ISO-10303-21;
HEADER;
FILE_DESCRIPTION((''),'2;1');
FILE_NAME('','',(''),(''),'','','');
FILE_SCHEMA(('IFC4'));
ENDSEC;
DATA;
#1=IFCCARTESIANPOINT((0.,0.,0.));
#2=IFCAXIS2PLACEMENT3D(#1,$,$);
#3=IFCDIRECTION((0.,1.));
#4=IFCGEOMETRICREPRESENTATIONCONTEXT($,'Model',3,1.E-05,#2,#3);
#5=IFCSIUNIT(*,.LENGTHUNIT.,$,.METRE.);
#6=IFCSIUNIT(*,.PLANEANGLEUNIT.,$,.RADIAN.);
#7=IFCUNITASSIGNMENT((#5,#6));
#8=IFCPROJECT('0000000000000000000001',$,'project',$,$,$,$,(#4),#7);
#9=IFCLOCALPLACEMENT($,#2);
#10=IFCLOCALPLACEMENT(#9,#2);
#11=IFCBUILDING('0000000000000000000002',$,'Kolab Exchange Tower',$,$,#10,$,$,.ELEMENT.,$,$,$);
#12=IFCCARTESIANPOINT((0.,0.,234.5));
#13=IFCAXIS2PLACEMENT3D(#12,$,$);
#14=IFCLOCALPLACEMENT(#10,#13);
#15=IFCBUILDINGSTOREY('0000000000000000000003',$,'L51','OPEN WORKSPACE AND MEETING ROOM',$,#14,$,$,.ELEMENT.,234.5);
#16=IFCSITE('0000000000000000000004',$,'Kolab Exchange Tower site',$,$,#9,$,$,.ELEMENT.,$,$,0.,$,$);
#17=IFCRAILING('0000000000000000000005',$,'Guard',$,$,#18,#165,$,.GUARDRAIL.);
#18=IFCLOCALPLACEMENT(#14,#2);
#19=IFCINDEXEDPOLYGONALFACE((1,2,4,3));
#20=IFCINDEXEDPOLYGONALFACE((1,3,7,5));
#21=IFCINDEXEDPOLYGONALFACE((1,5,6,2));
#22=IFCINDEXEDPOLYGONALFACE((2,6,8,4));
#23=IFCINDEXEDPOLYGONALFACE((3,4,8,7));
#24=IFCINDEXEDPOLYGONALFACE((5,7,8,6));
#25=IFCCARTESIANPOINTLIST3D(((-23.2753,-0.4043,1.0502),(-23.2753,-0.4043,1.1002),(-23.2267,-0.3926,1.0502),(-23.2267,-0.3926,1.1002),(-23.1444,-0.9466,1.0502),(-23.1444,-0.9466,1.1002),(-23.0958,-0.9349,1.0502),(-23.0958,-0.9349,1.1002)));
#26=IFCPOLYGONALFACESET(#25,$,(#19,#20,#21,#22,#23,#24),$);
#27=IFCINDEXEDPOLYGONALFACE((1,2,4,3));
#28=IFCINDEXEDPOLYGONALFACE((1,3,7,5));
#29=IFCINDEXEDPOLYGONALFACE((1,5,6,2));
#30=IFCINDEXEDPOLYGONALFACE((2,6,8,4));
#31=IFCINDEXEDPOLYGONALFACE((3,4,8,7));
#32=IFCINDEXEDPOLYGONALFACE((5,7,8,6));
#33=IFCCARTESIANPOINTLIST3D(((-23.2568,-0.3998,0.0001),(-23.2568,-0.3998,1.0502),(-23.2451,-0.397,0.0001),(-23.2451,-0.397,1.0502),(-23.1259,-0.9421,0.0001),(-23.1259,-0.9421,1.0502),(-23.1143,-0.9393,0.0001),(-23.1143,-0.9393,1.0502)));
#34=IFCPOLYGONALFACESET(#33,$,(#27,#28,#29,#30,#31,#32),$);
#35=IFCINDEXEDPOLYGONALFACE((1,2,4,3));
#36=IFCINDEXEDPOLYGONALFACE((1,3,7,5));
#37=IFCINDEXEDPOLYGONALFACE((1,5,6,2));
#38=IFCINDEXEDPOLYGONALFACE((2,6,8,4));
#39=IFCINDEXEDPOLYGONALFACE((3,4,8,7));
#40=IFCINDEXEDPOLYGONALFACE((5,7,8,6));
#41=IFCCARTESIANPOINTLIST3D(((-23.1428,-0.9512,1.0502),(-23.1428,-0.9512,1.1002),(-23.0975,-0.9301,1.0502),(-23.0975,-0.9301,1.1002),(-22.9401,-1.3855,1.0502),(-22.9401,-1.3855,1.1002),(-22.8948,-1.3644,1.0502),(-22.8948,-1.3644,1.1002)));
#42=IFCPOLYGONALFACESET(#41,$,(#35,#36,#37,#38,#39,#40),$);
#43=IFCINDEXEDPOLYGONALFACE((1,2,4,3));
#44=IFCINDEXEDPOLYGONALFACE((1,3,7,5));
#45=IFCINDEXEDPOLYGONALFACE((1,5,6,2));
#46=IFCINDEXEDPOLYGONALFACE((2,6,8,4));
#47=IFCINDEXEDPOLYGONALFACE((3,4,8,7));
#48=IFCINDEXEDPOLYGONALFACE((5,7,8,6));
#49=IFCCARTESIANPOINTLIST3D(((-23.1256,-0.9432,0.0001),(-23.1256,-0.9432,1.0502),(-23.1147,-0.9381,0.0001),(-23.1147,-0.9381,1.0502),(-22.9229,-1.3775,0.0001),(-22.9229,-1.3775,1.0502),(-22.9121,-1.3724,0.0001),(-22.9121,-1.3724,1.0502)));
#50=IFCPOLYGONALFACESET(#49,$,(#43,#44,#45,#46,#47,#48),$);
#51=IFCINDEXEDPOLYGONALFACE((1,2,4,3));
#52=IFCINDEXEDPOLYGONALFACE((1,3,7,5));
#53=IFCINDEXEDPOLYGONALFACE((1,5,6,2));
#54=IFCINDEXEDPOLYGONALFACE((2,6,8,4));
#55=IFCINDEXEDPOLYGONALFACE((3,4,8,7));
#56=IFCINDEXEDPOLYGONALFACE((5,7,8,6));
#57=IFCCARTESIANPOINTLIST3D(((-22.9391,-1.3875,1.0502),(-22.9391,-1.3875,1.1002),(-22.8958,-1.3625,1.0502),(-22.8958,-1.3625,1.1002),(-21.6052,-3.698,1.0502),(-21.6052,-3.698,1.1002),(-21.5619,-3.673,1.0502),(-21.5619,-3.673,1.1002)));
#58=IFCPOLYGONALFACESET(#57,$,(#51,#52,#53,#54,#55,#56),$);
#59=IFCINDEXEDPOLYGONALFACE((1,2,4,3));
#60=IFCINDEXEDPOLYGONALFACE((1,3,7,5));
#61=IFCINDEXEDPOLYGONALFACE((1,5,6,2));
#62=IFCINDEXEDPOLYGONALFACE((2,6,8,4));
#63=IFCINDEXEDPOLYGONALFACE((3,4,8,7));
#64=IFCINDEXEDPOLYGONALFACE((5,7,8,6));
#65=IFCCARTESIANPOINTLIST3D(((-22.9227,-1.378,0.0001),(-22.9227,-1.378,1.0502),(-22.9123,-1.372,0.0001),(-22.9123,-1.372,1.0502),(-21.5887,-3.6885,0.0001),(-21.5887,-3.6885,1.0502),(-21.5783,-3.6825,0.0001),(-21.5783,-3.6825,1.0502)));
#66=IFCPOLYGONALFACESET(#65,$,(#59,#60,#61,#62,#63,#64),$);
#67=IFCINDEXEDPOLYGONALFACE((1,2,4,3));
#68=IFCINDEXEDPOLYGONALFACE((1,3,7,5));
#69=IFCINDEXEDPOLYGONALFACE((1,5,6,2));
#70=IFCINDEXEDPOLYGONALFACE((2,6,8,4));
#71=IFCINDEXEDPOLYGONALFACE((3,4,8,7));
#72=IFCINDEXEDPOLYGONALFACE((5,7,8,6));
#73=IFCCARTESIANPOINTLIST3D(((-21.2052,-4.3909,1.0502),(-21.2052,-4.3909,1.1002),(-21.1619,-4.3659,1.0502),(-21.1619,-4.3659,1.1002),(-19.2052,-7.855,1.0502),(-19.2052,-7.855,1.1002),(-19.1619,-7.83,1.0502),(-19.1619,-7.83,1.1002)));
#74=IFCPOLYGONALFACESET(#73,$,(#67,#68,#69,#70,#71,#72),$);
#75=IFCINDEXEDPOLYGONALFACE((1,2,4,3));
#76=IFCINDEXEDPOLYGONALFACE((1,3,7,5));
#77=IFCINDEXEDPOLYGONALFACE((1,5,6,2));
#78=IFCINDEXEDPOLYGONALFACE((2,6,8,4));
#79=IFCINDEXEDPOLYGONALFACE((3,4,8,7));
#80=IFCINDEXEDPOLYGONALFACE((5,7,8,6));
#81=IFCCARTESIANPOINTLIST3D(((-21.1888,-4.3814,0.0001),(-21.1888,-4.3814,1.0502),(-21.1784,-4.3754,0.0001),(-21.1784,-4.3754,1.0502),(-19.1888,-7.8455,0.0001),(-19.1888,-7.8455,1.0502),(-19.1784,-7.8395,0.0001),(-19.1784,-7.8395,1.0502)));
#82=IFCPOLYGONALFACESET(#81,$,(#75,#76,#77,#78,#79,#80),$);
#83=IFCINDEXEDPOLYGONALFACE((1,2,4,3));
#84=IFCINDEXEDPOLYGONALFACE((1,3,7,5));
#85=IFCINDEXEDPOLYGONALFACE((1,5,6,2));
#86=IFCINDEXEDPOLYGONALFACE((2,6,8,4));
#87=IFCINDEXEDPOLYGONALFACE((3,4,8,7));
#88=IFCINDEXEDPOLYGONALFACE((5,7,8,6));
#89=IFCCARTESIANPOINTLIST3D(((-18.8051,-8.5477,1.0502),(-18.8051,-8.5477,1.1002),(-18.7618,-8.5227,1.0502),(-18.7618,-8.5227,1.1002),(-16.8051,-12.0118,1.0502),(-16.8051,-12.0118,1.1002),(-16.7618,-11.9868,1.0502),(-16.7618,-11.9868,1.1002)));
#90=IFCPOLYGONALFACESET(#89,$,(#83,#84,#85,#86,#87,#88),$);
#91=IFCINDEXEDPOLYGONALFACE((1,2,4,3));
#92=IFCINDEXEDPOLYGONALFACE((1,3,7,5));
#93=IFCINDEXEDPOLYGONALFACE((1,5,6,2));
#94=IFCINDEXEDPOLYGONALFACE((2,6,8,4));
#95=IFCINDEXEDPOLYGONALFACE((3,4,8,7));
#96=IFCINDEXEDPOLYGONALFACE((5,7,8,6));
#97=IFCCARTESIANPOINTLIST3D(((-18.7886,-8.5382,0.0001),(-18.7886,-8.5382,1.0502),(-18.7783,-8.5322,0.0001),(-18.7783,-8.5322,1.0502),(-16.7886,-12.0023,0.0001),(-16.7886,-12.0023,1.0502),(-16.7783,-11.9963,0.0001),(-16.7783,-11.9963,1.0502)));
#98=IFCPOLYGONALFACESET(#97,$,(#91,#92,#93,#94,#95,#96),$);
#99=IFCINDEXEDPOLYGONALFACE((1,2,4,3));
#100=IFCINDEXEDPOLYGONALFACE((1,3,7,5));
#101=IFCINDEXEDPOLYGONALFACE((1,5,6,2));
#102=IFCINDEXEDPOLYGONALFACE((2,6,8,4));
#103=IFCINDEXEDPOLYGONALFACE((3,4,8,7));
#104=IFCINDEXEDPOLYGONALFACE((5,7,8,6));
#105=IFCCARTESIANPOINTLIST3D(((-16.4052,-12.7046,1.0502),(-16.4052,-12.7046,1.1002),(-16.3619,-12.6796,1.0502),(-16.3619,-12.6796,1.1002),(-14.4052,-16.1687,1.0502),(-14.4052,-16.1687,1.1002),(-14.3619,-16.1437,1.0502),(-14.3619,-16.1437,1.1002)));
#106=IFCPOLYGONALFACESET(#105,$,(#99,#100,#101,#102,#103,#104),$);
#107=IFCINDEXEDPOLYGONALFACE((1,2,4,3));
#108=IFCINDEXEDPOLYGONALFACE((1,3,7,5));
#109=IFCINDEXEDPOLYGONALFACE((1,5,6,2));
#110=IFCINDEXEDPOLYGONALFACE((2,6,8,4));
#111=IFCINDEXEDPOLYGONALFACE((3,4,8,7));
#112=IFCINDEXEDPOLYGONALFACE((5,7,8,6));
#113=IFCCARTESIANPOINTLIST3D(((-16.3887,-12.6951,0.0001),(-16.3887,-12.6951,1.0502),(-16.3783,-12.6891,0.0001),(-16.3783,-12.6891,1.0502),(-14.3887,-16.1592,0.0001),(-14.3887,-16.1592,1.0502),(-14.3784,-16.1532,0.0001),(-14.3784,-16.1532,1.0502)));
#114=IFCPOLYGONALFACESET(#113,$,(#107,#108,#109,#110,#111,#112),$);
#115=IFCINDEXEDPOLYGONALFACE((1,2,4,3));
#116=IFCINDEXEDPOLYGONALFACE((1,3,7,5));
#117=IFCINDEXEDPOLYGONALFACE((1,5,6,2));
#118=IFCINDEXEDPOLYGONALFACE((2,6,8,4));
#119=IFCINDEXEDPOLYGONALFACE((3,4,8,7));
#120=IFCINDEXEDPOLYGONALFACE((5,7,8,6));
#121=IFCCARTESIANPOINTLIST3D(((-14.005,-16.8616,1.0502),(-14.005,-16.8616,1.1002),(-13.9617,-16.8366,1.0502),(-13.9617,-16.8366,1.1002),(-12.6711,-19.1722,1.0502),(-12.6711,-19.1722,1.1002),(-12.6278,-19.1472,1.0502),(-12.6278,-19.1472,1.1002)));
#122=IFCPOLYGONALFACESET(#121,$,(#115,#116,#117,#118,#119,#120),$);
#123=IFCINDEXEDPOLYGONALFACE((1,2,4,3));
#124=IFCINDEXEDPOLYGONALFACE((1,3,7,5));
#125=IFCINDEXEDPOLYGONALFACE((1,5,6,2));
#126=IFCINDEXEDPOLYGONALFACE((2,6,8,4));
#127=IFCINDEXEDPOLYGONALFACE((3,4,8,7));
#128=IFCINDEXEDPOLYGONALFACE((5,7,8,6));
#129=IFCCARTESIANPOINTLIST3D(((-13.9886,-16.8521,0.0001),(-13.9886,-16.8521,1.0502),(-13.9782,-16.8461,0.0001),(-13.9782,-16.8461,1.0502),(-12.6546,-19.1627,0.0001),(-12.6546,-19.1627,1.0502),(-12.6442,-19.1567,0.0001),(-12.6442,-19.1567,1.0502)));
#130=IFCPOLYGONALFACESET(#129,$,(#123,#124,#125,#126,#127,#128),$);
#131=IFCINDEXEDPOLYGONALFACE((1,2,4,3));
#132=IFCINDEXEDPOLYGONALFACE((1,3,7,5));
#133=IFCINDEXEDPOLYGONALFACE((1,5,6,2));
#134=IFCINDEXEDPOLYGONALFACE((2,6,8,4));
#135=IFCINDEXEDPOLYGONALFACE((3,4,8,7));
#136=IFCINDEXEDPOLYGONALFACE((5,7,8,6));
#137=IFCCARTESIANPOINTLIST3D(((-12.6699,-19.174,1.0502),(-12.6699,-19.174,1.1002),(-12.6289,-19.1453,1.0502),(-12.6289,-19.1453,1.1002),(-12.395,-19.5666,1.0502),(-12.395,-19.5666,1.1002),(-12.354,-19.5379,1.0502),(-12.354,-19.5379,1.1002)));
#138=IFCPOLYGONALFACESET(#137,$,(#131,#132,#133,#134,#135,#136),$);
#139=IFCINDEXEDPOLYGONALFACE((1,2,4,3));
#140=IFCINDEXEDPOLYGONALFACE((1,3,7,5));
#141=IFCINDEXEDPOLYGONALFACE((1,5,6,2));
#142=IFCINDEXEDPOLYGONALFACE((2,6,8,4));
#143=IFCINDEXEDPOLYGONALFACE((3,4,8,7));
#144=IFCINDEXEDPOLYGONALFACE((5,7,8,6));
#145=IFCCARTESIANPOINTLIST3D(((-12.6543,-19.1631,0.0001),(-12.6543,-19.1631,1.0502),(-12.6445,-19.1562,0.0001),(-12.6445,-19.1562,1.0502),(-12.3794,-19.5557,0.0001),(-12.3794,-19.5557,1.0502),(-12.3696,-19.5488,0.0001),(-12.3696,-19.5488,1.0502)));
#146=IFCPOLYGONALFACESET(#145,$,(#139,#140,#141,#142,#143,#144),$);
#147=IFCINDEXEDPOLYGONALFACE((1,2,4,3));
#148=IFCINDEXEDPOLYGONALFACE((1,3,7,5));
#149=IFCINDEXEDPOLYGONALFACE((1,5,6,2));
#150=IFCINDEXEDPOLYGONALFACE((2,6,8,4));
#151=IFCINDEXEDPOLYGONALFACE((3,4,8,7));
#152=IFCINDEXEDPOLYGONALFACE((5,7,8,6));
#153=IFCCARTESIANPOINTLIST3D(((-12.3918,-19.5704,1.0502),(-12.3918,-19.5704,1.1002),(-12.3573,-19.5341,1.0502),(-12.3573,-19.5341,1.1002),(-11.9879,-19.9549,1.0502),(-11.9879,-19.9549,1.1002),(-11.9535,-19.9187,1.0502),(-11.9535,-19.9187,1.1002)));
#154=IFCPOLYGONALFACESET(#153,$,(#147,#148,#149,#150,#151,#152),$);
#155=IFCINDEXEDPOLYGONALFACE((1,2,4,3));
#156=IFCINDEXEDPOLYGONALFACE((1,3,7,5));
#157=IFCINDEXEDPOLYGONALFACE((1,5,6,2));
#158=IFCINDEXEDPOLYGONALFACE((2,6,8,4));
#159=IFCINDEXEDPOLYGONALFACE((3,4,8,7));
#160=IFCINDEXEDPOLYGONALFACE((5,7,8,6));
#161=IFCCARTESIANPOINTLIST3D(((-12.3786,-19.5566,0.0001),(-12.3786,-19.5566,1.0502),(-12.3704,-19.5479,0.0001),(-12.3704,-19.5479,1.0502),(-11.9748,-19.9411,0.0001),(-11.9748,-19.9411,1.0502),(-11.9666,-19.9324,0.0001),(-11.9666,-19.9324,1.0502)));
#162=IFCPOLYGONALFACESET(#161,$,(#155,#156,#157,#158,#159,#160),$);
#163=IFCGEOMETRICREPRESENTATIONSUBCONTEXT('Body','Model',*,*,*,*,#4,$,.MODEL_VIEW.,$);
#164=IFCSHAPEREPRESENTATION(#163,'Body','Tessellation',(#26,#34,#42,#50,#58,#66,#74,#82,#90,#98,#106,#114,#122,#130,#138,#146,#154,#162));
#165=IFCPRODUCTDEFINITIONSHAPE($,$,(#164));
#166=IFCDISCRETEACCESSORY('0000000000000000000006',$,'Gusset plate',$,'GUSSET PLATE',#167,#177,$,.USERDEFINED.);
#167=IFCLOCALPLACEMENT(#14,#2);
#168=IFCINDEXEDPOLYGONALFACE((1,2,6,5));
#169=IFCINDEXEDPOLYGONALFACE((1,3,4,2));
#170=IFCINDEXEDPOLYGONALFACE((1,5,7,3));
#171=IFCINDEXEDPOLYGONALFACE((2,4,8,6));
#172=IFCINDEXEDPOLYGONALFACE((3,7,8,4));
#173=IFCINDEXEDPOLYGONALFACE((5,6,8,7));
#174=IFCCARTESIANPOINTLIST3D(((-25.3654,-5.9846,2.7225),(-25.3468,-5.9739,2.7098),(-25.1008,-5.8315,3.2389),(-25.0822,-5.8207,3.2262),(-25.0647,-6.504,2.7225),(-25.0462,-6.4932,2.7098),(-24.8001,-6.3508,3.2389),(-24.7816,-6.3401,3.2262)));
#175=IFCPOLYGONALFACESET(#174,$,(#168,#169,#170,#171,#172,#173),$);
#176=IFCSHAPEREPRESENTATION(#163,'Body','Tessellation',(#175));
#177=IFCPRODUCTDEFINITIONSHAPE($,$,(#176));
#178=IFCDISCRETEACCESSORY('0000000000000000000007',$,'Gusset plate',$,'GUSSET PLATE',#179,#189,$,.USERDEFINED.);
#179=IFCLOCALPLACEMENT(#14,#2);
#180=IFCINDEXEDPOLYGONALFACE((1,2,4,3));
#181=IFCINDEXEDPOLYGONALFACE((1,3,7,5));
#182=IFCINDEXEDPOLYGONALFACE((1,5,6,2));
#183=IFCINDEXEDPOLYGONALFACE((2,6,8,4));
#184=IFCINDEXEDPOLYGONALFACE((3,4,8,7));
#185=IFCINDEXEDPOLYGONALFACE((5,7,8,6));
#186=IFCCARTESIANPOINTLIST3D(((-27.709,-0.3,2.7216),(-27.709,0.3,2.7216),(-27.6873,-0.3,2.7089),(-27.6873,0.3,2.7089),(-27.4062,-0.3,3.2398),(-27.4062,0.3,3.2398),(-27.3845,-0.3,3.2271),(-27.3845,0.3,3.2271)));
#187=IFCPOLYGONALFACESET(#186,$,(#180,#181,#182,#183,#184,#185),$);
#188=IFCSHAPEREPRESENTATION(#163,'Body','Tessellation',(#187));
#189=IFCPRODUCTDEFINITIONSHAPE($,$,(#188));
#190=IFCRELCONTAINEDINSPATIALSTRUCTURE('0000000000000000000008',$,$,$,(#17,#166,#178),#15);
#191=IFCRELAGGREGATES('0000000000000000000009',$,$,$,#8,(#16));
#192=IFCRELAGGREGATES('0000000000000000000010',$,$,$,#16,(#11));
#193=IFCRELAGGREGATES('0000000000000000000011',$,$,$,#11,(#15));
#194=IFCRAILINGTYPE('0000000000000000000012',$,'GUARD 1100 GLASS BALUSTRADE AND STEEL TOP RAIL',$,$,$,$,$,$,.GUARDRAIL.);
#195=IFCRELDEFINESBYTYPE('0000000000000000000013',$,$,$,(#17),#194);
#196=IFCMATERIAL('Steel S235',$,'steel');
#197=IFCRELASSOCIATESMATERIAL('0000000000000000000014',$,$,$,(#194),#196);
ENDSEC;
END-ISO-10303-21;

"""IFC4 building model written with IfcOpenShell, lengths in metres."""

from ifc_helpers import new_model, si_unit, direction, frame, frame_2d, origin, origin_2d, place, context, subcontext, project, spatial, rectangle, extrude, material, type_object, element, save


model = new_model("IFC4")

# Units and contexts
model_context = context("Model", 3, precision=1e-05, world=origin(), true_north=direction((0.0, 1.0)))
body_context = subcontext(model_context, "Body", "Model", "MODEL_VIEW")
ifc_project = project(units=[si_unit("LENGTHUNIT", "METRE"), si_unit("PLANEANGLEUNIT", "RADIAN")], contexts=[model_context])

# Site, building, storey
site_placement = place(None, origin())
site = spatial("IfcSite", under=ifc_project, at=site_placement, Name="Kolab Exchange Tower site", CompositionType="ELEMENT", RefElevation=0.0)
building_placement = place(site_placement, origin())
building = spatial("IfcBuilding", under=site, at=building_placement, Name="Kolab Exchange Tower", CompositionType="ELEMENT")
storey_placement = place(building_placement, frame((0.0, 0.0, 234.5)))
storey = spatial("IfcBuildingStorey", under=building, at=storey_placement, Name="L51", Description="OPEN WORKSPACE AND MEETING ROOM", CompositionType="ELEMENT", Elevation=234.5)

# Railing
ifc_material_1 = material(Name="Steel S235", Category="steel")
railing_type = type_object("IfcRailingType", Name="GUARD 1100 GLASS BALUSTRADE AND STEEL TOP RAIL", PredefinedType="GUARDRAIL", material=ifc_material_1)
railing_placement = place(storey_placement, frame((-23.251, -0.3984, 0.0)))
element("IfcRailing", 1, at=railing_placement, inside=storey, type_object=railing_type, Name="Guard", PredefinedType="GUARDRAIL", context=body_context, shape_type="SweptSolid", body=[
    extrude(rectangle(XDim=0.05, YDim=0.05, at=origin_2d()), frame((0.0, 0.0, 1.0752), z_axis=(0.234598, -0.972093, 0.0), x_axis=(0.972093, 0.234598, 0.0)), (0.0, 0.0, 1.0), 0.5579),
    extrude(rectangle(XDim=0.012, YDim=1.0501, at=frame_2d((0.0, 0.5251))), frame((0.0, 0.0, 0.0), z_axis=(0.234598, -0.972093, 0.0), x_axis=(0.972093, 0.234598, 0.0)), (0.0, 0.0, 1.0), 0.5579),
    extrude(rectangle(XDim=0.05, YDim=0.05, at=origin_2d()), frame((0.1309, -0.5422, 1.0752), z_axis=(0.422802, -0.906222, 0.0), x_axis=(0.906222, 0.422802, 0.0)), (0.0, 0.0, 1.0), 0.4792),
    extrude(rectangle(XDim=0.012, YDim=1.0501, at=frame_2d((0.0, 0.5251))), frame((0.1309, -0.5422, 0.0), z_axis=(0.422802, -0.906222, 0.0), x_axis=(0.906222, 0.422802, 0.0)), (0.0, 0.0, 1.0), 0.4792),
    extrude(rectangle(XDim=0.05, YDim=0.05, at=origin_2d()), frame((0.3335, -0.9766, 1.0752), z_axis=(0.499997, -0.866027, 0.0), x_axis=(0.866027, 0.499997, 0.0)), (0.0, 0.0, 1.0), 2.668),
    extrude(rectangle(XDim=0.012, YDim=1.0501, at=frame_2d((0.0, 0.5251))), frame((0.3335, -0.9766, 0.0), z_axis=(0.499997, -0.866027, 0.0), x_axis=(0.866027, 0.499997, 0.0)), (0.0, 0.0, 1.0), 2.668),
    extrude(rectangle(XDim=0.05, YDim=0.05, at=origin_2d()), frame((2.0674, -3.98, 1.0752), z_axis=(0.499999, -0.866026, 0.0), x_axis=(0.866026, 0.499999, 0.0)), (0.0, 0.0, 1.0), 4.0),
    extrude(rectangle(XDim=0.012, YDim=1.0501, at=frame_2d((0.0, 0.5251))), frame((2.0674, -3.98, 0.0), z_axis=(0.499999, -0.866026, 0.0), x_axis=(0.866026, 0.499999, 0.0)), (0.0, 0.0, 1.0), 4.0),
    extrude(rectangle(XDim=0.05, YDim=0.05, at=origin_2d()), frame((4.4675, -8.1367, 1.0752), z_axis=(0.499999, -0.866026, 0.0), x_axis=(0.866026, 0.499999, 0.0)), (0.0, 0.0, 1.0), 4.0),
    extrude(rectangle(XDim=0.012, YDim=1.0501, at=frame_2d((0.0, 0.5251))), frame((4.4675, -8.1367, 0.0), z_axis=(0.499999, -0.866026, 0.0), x_axis=(0.866026, 0.499999, 0.0)), (0.0, 0.0, 1.0), 4.0),
    extrude(rectangle(XDim=0.05, YDim=0.05, at=origin_2d()), frame((6.8674, -12.2937, 1.0752), z_axis=(0.499999, -0.866026, 0.0), x_axis=(0.866026, 0.499999, 0.0)), (0.0, 0.0, 1.0), 4.0),
    extrude(rectangle(XDim=0.012, YDim=1.0501, at=frame_2d((0.0, 0.5251))), frame((6.8674, -12.2937, 0.0), z_axis=(0.499999, -0.866026, 0.0), x_axis=(0.866026, 0.499999, 0.0)), (0.0, 0.0, 1.0), 4.0),
    extrude(rectangle(XDim=0.05, YDim=0.05, at=origin_2d()), frame((9.2676, -16.4507, 1.0752), z_axis=(0.499997, -0.866027, 0.0), x_axis=(0.866027, 0.499997, 0.0)), (0.0, 0.0, 1.0), 2.668),
    extrude(rectangle(XDim=0.012, YDim=1.0501, at=frame_2d((0.0, 0.5251))), frame((9.2676, -16.4507, 0.0), z_axis=(0.499997, -0.866027, 0.0), x_axis=(0.866027, 0.499997, 0.0)), (0.0, 0.0, 1.0), 2.668),
    extrude(rectangle(XDim=0.05, YDim=0.05, at=origin_2d()), frame((10.6016, -18.7612, 1.0752), z_axis=(0.573599, -0.819136, 0.0), x_axis=(0.819136, 0.573599, 0.0)), (0.0, 0.0, 1.0), 0.4792),
    extrude(rectangle(XDim=0.012, YDim=1.0501, at=frame_2d((0.0, 0.5251))), frame((10.6016, -18.7612, 0.0), z_axis=(0.573599, -0.819136, 0.0), x_axis=(0.819136, 0.573599, 0.0)), (0.0, 0.0, 1.0), 0.4792),
    extrude(rectangle(XDim=0.05, YDim=0.05, at=origin_2d()), frame((10.8765, -19.1538, 1.0752), z_axis=(0.72419, -0.689601, 0.0), x_axis=(0.689601, 0.72419, 0.0)), (0.0, 0.0, 1.0), 0.5576),
    extrude(rectangle(XDim=0.012, YDim=1.0501, at=frame_2d((0.0, 0.5251))), frame((10.8765, -19.1538, 0.0), z_axis=(0.72419, -0.689601, 0.0), x_axis=(0.689601, 0.72419, 0.0)), (0.0, 0.0, 1.0), 0.5576),
])

# Discrete accessories
discrete_accessory_1_placement = place(storey_placement, frame((-25.0642, -6.157, 2.968), z_axis=(-0.744669, -0.431124, 0.50951), x_axis=(0.501036, -0.865426, 0.0)))
element("IfcDiscreteAccessory", 2, at=discrete_accessory_1_placement, inside=storey, Name="Gusset plate", ObjectType="GUSSET PLATE", PredefinedType="USERDEFINED", context=body_context, shape_type="SweptSolid", body=[
    extrude(rectangle(XDim=0.6001, YDim=0.6001, at=origin_2d()), origin(), (0.0, 0.0, 1.0), 0.0249),
])
discrete_accessory_2_placement = place(storey_placement, frame((-27.5359, 0.0, 2.968), z_axis=(-0.863427, 0.0, 0.504474), x_axis=(0.0, -1.0, 0.0)))
element("IfcDiscreteAccessory", 3, at=discrete_accessory_2_placement, inside=storey, Name="Gusset plate", ObjectType="GUSSET PLATE", PredefinedType="USERDEFINED", context=body_context, shape_type="SweptSolid", body=[
    extrude(rectangle(XDim=0.6001, YDim=0.6001, at=origin_2d()), origin(), (0.0, 0.0, 1.0), 0.0251),
])

save(model, "model.ifc")
